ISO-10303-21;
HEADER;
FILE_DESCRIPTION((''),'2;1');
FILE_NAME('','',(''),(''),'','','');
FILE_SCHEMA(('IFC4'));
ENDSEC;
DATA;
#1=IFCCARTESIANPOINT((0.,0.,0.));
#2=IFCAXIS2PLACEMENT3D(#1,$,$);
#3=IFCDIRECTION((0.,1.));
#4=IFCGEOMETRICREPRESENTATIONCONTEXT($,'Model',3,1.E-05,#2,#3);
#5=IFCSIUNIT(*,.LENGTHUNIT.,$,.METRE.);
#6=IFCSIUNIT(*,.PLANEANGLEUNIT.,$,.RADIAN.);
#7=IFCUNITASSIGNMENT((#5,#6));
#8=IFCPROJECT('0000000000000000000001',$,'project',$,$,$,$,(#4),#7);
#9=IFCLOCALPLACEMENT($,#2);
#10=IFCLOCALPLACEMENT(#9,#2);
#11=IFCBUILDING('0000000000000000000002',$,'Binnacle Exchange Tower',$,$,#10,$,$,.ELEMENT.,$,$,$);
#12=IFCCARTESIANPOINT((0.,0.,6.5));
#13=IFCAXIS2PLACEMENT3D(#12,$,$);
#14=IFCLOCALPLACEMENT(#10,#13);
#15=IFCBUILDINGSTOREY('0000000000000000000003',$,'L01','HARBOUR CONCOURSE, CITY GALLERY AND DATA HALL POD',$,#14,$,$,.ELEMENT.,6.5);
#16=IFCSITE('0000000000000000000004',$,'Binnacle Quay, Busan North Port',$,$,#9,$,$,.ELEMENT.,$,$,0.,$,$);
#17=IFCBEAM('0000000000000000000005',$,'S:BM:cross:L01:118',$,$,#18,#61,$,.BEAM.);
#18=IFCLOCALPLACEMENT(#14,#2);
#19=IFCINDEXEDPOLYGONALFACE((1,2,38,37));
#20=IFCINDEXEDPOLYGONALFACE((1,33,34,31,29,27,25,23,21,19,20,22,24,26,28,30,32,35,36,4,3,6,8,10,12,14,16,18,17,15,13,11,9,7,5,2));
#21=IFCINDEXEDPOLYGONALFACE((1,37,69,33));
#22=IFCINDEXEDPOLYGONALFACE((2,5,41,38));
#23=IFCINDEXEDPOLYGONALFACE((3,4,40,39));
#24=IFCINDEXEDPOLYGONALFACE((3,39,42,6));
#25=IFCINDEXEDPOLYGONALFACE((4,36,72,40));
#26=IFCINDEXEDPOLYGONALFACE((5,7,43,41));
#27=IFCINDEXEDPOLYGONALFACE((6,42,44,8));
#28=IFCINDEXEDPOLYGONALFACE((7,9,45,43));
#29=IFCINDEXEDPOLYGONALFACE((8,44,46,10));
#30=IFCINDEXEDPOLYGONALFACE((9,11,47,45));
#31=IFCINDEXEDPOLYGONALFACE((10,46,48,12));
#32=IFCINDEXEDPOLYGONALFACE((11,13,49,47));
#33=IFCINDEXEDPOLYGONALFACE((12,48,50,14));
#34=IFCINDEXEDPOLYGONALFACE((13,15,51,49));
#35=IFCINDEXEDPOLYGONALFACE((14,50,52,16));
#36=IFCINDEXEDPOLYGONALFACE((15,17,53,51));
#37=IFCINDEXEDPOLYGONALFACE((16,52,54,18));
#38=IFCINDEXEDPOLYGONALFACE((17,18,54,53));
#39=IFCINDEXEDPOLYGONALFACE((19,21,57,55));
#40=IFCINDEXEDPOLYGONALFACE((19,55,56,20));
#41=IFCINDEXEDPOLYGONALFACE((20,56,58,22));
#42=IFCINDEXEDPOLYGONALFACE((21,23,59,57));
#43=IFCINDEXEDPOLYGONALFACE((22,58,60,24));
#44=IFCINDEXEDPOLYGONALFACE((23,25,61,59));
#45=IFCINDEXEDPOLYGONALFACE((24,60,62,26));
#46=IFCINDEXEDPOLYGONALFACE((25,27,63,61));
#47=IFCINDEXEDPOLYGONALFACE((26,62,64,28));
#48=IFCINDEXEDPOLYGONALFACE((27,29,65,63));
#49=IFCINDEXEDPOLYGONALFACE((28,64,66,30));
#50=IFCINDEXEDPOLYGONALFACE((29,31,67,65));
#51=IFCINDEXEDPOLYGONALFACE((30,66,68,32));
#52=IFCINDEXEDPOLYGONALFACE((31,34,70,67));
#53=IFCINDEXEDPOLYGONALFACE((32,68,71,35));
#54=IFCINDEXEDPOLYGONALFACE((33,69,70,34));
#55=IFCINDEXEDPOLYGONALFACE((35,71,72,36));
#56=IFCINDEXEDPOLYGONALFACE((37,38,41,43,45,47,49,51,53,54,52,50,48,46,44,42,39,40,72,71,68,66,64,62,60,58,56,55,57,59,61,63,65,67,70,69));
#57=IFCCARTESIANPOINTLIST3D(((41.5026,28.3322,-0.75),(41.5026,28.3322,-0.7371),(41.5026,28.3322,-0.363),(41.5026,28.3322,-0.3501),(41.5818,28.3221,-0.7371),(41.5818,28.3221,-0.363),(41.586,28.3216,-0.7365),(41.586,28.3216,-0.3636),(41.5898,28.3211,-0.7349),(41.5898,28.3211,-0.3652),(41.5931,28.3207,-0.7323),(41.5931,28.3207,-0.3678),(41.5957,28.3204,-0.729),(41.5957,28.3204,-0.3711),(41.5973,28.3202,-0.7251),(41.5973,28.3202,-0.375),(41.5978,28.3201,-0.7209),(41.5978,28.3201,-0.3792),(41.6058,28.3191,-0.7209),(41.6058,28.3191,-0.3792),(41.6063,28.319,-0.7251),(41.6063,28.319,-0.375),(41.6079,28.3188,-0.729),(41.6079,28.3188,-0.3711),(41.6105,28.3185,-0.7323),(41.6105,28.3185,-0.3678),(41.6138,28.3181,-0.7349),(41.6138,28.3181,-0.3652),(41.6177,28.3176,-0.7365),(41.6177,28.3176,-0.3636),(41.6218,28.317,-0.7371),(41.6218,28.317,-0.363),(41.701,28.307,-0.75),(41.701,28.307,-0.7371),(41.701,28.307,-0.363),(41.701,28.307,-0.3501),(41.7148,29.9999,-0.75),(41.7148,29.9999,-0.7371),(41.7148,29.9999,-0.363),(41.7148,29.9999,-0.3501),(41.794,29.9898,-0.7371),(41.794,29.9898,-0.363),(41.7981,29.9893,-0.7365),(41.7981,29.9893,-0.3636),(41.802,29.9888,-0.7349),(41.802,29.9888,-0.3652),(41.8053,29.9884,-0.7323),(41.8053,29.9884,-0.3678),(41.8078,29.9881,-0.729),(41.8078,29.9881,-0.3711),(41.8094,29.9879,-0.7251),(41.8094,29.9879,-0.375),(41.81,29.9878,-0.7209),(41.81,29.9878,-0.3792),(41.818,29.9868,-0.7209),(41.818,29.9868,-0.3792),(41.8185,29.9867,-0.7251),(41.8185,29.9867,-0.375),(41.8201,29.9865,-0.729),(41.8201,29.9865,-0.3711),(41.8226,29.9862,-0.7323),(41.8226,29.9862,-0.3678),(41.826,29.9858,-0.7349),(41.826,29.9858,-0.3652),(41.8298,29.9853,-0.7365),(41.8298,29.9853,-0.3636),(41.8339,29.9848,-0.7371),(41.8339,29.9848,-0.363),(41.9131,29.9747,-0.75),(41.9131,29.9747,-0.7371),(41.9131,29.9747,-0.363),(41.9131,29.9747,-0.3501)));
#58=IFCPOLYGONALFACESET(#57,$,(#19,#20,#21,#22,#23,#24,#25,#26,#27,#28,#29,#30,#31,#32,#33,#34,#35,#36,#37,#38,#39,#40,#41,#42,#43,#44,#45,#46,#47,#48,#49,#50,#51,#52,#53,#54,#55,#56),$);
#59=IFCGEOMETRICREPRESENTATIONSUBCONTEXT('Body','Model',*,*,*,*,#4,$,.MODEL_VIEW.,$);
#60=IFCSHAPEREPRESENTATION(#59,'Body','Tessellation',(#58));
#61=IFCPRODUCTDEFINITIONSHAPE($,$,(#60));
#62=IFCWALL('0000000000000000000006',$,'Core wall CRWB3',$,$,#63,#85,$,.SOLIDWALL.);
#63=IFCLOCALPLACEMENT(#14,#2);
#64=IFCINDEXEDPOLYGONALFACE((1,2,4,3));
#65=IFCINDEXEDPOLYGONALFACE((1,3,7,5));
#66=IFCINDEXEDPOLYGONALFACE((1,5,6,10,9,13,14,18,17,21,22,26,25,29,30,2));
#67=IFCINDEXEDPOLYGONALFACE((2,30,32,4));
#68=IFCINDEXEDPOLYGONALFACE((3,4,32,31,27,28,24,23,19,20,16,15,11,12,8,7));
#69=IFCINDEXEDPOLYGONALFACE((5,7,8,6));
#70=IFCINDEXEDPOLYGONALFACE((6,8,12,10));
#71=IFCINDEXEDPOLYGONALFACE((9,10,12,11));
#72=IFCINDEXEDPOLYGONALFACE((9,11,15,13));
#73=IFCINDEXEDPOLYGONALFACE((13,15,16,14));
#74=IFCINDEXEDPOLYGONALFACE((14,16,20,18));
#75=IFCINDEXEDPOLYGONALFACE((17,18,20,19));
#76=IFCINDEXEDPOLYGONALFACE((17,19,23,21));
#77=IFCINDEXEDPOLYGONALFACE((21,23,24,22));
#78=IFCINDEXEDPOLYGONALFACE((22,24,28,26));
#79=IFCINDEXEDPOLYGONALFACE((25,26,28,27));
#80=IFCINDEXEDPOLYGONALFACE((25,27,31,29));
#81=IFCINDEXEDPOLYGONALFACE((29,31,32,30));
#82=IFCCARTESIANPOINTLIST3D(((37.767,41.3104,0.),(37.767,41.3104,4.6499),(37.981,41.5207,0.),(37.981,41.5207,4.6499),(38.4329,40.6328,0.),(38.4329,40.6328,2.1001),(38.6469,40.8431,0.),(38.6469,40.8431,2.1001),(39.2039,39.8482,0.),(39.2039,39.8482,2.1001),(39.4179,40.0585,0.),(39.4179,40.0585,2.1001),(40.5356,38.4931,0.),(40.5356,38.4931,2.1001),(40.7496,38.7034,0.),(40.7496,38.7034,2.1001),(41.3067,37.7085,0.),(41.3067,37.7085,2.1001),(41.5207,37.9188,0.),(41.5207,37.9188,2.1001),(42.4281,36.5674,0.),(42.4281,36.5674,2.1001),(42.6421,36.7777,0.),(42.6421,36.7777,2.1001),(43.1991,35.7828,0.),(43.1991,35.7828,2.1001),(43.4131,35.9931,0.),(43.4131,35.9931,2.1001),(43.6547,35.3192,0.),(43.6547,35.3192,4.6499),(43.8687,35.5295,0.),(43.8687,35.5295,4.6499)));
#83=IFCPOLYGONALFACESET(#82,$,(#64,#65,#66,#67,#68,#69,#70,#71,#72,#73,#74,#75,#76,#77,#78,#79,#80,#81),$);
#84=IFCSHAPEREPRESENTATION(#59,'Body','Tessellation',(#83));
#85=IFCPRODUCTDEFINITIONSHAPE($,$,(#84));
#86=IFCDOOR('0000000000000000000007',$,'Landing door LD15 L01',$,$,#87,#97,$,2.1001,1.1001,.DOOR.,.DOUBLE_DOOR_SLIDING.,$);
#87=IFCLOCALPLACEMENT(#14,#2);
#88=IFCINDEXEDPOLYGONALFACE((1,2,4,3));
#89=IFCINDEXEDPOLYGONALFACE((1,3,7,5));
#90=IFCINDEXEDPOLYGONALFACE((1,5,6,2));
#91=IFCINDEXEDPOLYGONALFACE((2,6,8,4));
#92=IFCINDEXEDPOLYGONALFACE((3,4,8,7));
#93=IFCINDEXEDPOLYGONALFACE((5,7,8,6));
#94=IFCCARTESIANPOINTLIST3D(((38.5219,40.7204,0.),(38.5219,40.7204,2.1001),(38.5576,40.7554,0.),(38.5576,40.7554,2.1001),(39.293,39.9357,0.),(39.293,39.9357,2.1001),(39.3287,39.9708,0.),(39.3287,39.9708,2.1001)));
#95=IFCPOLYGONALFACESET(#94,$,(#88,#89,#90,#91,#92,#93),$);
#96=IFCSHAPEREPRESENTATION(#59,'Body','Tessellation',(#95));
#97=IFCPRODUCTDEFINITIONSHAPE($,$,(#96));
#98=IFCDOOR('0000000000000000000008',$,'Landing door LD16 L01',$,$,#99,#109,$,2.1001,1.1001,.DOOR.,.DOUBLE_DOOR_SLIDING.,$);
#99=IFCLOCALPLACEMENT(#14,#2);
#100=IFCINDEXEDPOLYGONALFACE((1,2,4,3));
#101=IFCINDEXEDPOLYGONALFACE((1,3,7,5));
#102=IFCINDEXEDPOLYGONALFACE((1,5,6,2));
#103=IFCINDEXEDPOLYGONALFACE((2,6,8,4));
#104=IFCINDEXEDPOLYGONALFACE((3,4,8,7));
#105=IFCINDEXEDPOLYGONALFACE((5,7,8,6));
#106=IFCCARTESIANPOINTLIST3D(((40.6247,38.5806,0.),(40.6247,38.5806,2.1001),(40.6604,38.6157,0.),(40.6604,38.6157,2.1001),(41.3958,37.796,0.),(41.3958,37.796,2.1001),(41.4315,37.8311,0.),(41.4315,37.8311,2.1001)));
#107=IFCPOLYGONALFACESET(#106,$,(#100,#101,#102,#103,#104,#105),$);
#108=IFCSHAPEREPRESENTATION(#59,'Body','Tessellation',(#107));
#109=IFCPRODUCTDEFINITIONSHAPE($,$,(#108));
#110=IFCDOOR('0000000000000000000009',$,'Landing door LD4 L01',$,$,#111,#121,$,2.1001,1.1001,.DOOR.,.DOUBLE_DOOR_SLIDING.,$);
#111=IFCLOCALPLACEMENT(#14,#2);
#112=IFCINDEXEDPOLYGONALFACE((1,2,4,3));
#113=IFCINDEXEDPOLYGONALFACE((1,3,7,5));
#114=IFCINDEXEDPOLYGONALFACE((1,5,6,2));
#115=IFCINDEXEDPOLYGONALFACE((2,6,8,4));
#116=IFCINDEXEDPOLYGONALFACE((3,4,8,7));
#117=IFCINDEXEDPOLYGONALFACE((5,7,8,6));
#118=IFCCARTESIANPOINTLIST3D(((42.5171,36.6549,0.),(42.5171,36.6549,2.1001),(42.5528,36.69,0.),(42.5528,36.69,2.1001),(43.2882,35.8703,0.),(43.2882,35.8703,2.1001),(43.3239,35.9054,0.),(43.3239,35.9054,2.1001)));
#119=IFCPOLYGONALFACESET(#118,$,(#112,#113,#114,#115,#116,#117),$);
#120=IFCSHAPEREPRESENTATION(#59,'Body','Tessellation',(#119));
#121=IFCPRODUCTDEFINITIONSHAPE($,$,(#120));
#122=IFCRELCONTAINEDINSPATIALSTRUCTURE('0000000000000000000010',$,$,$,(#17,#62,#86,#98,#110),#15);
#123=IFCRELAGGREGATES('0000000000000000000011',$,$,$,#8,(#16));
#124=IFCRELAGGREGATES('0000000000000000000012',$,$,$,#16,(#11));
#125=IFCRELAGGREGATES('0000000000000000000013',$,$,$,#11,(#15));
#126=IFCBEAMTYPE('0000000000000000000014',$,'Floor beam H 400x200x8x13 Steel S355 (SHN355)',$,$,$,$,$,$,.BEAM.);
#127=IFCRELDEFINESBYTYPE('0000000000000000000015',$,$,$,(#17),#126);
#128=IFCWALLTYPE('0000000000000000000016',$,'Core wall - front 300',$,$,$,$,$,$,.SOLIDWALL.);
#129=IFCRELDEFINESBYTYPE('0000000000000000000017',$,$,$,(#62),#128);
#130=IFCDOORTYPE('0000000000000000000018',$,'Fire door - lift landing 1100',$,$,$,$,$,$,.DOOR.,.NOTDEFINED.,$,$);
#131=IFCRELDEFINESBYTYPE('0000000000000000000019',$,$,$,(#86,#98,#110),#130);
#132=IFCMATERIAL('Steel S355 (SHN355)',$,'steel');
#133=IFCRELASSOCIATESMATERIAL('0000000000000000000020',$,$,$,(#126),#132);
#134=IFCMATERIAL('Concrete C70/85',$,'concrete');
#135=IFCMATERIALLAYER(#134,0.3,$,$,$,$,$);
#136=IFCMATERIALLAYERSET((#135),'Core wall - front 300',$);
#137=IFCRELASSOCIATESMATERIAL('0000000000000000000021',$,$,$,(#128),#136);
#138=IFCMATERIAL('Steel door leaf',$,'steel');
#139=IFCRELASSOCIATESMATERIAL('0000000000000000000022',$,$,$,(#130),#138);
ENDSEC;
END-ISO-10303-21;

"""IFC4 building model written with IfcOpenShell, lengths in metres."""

from ifc_helpers import new_model, si_unit, direction, frame, frame_2d, origin, origin_2d, place, context, subcontext, project, spatial, rectangle, i_section, extrude, material, layer, layer_set, material_profile, profile_set, type_object, element, fill, save


model = new_model("IFC4")

# Units and contexts
model_context = context("Model", 3, precision=1e-05, world=origin(), true_north=direction((0.0, 1.0)))
body_context = subcontext(model_context, "Body", "Model", "MODEL_VIEW")
ifc_project = project(units=[si_unit("LENGTHUNIT", "METRE"), si_unit("PLANEANGLEUNIT", "RADIAN")], contexts=[model_context])

# Site, building, storey
site_placement = place(None, origin())
site = spatial("IfcSite", under=ifc_project, at=site_placement, Name="Binnacle Quay, Busan North Port", CompositionType="ELEMENT", RefElevation=0.0)
building_placement = place(site_placement, origin())
building = spatial("IfcBuilding", under=site, at=building_placement, Name="Binnacle Exchange Tower", CompositionType="ELEMENT")
storey_placement = place(building_placement, frame((0.0, 0.0, 6.5)))
storey = spatial("IfcBuildingStorey", under=building, at=storey_placement, Name="L01", Description="HARBOUR CONCOURSE, CITY GALLERY AND DATA HALL POD", CompositionType="ELEMENT", Elevation=6.5)

# Shared definitions
ifc_material_1 = material(Name="Concrete C70/85", Category="concrete")

# Beam
ifc_material_2 = material(Name="Steel S355 (SHN355)", Category="steel")
ifc_material_profile_1 = material_profile(ifc_material_2, i_section(OverallWidth=0.2, OverallDepth=0.3999, WebThickness=0.0081, FlangeThickness=0.0129, FilletRadius=0.0161, at=origin_2d()), Name="H 400x200x8x13")
ifc_profile_set_1 = profile_set([ifc_material_profile_1], Name="Steel S355 (SHN355)")
beam_type_1 = type_object("IfcBeamType", Name="Floor beam H 400x200x8x13 Steel S355 (SHN355)", PredefinedType="BEAM", material=ifc_profile_set_1)
beam_1_placement = place(storey_placement, frame((41.6018, 28.3196, -0.55), z_axis=(0.126197, 0.992005, 0.0), x_axis=(-0.992005, 0.126197, 0.0)))
element("IfcBeam", 1, at=beam_1_placement, inside=storey, type_object=beam_type_1, Name="S:BM:cross:L01:118", PredefinedType="BEAM", context=body_context, shape_type="SweptSolid", body=[
    extrude(i_section(OverallWidth=0.2, OverallDepth=0.3999, WebThickness=0.0081, FlangeThickness=0.0129, FilletRadius=0.0161, at=origin_2d()), origin(), (0.0, 0.0, 1.0), 1.6812),
])

# Wall, openings, doors
ifc_layer_1 = layer(ifc_material_1, 0.3)
ifc_layer_set_1 = layer_set([ifc_layer_1], Name="Core wall - front 300")
wall_type_1 = type_object("IfcWallType", Name="Core wall - front 300", PredefinedType="SOLIDWALL", material=ifc_layer_set_1)
wall_1_placement = place(storey_placement, frame((37.874, 41.4155, 0.0), z_axis=(0.0, 0.0, 1.0), x_axis=(0.700918, -0.713242, 0.0)))
wall_1 = element("IfcWall", 2, at=wall_1_placement, inside=storey, type_object=wall_type_1, Name="Core wall CRWB3", PredefinedType="SOLIDWALL", context=body_context, shape_type="SweptSolid", body=[
    extrude(rectangle(XDim=8.3999, YDim=0.3, at=frame_2d((4.2, 0.0))), origin(), (0.0, 0.0, 1.0), 4.6499),
])
opening_1_placement = place(wall_1_placement, frame((0.95, 0.0, 0.0)))
opening_1 = element("IfcOpeningElement", 3, at=opening_1_placement, cuts=wall_1, PredefinedType="OPENING", context=body_context, shape_type="SweptSolid", body=[
    extrude(rectangle(XDim=1.1001, YDim=2.1001, at=frame_2d((0.55, 1.05))), frame((0.0, 0.1599, 0.0), z_axis=(0.0, -1.0, 0.0), x_axis=(1.0, 0.0, 0.0)), (0.0, 0.0, 1.0), 0.3201),
])
opening_2_placement = place(wall_1_placement, frame((3.95, 0.0, 0.0)))
opening_2 = element("IfcOpeningElement", 4, at=opening_2_placement, cuts=wall_1, PredefinedType="OPENING", context=body_context, shape_type="SweptSolid", body=[
    extrude(rectangle(XDim=1.1001, YDim=2.1001, at=frame_2d((0.55, 1.05))), frame((0.0, 0.1599, 0.0), z_axis=(0.0, -1.0, 0.0), x_axis=(1.0, 0.0, 0.0)), (0.0, 0.0, 1.0), 0.3201),
])
opening_3_placement = place(wall_1_placement, frame((6.6499, 0.0, 0.0)))
opening_3 = element("IfcOpeningElement", 5, at=opening_3_placement, cuts=wall_1, PredefinedType="OPENING", context=body_context, shape_type="SweptSolid", body=[
    extrude(rectangle(XDim=1.1001, YDim=2.1001, at=frame_2d((0.55, 1.05))), frame((0.0, 0.1599, 0.0), z_axis=(0.0, -1.0, 0.0), x_axis=(1.0, 0.0, 0.0)), (0.0, 0.0, 1.0), 0.3201),
])
ifc_material_3 = material(Name="Steel door leaf", Category="steel")
door_type_1 = type_object("IfcDoorType", Name="Fire door - lift landing 1100", OperationType="NOTDEFINED", PredefinedType="DOOR", material=ifc_material_3)
door_1_placement = place(opening_1_placement, origin())
door_1 = element("IfcDoor", 6, at=door_1_placement, inside=storey, type_object=door_type_1, Name="Landing door LD15 L01", OperationType="DOUBLE_DOOR_SLIDING", OverallHeight=2.1001, OverallWidth=1.1001, PredefinedType="DOOR", context=body_context, shape_type="SweptSolid", body=[
    extrude(rectangle(XDim=1.1001, YDim=2.1001, at=frame_2d((0.55, 1.05))), frame((0.0, 0.0249, 0.0), z_axis=(0.0, -1.0, 0.0), x_axis=(1.0, 0.0, 0.0)), (0.0, 0.0, 1.0), 0.05),
])
fill(opening_1, door_1)
door_2_placement = place(opening_2_placement, origin())
door_2 = element("IfcDoor", 7, at=door_2_placement, inside=storey, type_object=door_type_1, Name="Landing door LD16 L01", OperationType="DOUBLE_DOOR_SLIDING", OverallHeight=2.1001, OverallWidth=1.1001, PredefinedType="DOOR", context=body_context, shape_type="SweptSolid", body=[
    extrude(rectangle(XDim=1.1001, YDim=2.1001, at=frame_2d((0.55, 1.05))), frame((0.0, 0.0249, 0.0), z_axis=(0.0, -1.0, 0.0), x_axis=(1.0, 0.0, 0.0)), (0.0, 0.0, 1.0), 0.05),
])
fill(opening_2, door_2)
door_3_placement = place(opening_3_placement, origin())
door_3 = element("IfcDoor", 8, at=door_3_placement, inside=storey, type_object=door_type_1, Name="Landing door LD4 L01", OperationType="DOUBLE_DOOR_SLIDING", OverallHeight=2.1001, OverallWidth=1.1001, PredefinedType="DOOR", context=body_context, shape_type="SweptSolid", body=[
    extrude(rectangle(XDim=1.1001, YDim=2.1001, at=frame_2d((0.55, 1.05))), frame((0.0, 0.0249, 0.0), z_axis=(0.0, -1.0, 0.0), x_axis=(1.0, 0.0, 0.0)), (0.0, 0.0, 1.0), 0.05),
])
fill(opening_3, door_3)

save(model, "model.ifc")
